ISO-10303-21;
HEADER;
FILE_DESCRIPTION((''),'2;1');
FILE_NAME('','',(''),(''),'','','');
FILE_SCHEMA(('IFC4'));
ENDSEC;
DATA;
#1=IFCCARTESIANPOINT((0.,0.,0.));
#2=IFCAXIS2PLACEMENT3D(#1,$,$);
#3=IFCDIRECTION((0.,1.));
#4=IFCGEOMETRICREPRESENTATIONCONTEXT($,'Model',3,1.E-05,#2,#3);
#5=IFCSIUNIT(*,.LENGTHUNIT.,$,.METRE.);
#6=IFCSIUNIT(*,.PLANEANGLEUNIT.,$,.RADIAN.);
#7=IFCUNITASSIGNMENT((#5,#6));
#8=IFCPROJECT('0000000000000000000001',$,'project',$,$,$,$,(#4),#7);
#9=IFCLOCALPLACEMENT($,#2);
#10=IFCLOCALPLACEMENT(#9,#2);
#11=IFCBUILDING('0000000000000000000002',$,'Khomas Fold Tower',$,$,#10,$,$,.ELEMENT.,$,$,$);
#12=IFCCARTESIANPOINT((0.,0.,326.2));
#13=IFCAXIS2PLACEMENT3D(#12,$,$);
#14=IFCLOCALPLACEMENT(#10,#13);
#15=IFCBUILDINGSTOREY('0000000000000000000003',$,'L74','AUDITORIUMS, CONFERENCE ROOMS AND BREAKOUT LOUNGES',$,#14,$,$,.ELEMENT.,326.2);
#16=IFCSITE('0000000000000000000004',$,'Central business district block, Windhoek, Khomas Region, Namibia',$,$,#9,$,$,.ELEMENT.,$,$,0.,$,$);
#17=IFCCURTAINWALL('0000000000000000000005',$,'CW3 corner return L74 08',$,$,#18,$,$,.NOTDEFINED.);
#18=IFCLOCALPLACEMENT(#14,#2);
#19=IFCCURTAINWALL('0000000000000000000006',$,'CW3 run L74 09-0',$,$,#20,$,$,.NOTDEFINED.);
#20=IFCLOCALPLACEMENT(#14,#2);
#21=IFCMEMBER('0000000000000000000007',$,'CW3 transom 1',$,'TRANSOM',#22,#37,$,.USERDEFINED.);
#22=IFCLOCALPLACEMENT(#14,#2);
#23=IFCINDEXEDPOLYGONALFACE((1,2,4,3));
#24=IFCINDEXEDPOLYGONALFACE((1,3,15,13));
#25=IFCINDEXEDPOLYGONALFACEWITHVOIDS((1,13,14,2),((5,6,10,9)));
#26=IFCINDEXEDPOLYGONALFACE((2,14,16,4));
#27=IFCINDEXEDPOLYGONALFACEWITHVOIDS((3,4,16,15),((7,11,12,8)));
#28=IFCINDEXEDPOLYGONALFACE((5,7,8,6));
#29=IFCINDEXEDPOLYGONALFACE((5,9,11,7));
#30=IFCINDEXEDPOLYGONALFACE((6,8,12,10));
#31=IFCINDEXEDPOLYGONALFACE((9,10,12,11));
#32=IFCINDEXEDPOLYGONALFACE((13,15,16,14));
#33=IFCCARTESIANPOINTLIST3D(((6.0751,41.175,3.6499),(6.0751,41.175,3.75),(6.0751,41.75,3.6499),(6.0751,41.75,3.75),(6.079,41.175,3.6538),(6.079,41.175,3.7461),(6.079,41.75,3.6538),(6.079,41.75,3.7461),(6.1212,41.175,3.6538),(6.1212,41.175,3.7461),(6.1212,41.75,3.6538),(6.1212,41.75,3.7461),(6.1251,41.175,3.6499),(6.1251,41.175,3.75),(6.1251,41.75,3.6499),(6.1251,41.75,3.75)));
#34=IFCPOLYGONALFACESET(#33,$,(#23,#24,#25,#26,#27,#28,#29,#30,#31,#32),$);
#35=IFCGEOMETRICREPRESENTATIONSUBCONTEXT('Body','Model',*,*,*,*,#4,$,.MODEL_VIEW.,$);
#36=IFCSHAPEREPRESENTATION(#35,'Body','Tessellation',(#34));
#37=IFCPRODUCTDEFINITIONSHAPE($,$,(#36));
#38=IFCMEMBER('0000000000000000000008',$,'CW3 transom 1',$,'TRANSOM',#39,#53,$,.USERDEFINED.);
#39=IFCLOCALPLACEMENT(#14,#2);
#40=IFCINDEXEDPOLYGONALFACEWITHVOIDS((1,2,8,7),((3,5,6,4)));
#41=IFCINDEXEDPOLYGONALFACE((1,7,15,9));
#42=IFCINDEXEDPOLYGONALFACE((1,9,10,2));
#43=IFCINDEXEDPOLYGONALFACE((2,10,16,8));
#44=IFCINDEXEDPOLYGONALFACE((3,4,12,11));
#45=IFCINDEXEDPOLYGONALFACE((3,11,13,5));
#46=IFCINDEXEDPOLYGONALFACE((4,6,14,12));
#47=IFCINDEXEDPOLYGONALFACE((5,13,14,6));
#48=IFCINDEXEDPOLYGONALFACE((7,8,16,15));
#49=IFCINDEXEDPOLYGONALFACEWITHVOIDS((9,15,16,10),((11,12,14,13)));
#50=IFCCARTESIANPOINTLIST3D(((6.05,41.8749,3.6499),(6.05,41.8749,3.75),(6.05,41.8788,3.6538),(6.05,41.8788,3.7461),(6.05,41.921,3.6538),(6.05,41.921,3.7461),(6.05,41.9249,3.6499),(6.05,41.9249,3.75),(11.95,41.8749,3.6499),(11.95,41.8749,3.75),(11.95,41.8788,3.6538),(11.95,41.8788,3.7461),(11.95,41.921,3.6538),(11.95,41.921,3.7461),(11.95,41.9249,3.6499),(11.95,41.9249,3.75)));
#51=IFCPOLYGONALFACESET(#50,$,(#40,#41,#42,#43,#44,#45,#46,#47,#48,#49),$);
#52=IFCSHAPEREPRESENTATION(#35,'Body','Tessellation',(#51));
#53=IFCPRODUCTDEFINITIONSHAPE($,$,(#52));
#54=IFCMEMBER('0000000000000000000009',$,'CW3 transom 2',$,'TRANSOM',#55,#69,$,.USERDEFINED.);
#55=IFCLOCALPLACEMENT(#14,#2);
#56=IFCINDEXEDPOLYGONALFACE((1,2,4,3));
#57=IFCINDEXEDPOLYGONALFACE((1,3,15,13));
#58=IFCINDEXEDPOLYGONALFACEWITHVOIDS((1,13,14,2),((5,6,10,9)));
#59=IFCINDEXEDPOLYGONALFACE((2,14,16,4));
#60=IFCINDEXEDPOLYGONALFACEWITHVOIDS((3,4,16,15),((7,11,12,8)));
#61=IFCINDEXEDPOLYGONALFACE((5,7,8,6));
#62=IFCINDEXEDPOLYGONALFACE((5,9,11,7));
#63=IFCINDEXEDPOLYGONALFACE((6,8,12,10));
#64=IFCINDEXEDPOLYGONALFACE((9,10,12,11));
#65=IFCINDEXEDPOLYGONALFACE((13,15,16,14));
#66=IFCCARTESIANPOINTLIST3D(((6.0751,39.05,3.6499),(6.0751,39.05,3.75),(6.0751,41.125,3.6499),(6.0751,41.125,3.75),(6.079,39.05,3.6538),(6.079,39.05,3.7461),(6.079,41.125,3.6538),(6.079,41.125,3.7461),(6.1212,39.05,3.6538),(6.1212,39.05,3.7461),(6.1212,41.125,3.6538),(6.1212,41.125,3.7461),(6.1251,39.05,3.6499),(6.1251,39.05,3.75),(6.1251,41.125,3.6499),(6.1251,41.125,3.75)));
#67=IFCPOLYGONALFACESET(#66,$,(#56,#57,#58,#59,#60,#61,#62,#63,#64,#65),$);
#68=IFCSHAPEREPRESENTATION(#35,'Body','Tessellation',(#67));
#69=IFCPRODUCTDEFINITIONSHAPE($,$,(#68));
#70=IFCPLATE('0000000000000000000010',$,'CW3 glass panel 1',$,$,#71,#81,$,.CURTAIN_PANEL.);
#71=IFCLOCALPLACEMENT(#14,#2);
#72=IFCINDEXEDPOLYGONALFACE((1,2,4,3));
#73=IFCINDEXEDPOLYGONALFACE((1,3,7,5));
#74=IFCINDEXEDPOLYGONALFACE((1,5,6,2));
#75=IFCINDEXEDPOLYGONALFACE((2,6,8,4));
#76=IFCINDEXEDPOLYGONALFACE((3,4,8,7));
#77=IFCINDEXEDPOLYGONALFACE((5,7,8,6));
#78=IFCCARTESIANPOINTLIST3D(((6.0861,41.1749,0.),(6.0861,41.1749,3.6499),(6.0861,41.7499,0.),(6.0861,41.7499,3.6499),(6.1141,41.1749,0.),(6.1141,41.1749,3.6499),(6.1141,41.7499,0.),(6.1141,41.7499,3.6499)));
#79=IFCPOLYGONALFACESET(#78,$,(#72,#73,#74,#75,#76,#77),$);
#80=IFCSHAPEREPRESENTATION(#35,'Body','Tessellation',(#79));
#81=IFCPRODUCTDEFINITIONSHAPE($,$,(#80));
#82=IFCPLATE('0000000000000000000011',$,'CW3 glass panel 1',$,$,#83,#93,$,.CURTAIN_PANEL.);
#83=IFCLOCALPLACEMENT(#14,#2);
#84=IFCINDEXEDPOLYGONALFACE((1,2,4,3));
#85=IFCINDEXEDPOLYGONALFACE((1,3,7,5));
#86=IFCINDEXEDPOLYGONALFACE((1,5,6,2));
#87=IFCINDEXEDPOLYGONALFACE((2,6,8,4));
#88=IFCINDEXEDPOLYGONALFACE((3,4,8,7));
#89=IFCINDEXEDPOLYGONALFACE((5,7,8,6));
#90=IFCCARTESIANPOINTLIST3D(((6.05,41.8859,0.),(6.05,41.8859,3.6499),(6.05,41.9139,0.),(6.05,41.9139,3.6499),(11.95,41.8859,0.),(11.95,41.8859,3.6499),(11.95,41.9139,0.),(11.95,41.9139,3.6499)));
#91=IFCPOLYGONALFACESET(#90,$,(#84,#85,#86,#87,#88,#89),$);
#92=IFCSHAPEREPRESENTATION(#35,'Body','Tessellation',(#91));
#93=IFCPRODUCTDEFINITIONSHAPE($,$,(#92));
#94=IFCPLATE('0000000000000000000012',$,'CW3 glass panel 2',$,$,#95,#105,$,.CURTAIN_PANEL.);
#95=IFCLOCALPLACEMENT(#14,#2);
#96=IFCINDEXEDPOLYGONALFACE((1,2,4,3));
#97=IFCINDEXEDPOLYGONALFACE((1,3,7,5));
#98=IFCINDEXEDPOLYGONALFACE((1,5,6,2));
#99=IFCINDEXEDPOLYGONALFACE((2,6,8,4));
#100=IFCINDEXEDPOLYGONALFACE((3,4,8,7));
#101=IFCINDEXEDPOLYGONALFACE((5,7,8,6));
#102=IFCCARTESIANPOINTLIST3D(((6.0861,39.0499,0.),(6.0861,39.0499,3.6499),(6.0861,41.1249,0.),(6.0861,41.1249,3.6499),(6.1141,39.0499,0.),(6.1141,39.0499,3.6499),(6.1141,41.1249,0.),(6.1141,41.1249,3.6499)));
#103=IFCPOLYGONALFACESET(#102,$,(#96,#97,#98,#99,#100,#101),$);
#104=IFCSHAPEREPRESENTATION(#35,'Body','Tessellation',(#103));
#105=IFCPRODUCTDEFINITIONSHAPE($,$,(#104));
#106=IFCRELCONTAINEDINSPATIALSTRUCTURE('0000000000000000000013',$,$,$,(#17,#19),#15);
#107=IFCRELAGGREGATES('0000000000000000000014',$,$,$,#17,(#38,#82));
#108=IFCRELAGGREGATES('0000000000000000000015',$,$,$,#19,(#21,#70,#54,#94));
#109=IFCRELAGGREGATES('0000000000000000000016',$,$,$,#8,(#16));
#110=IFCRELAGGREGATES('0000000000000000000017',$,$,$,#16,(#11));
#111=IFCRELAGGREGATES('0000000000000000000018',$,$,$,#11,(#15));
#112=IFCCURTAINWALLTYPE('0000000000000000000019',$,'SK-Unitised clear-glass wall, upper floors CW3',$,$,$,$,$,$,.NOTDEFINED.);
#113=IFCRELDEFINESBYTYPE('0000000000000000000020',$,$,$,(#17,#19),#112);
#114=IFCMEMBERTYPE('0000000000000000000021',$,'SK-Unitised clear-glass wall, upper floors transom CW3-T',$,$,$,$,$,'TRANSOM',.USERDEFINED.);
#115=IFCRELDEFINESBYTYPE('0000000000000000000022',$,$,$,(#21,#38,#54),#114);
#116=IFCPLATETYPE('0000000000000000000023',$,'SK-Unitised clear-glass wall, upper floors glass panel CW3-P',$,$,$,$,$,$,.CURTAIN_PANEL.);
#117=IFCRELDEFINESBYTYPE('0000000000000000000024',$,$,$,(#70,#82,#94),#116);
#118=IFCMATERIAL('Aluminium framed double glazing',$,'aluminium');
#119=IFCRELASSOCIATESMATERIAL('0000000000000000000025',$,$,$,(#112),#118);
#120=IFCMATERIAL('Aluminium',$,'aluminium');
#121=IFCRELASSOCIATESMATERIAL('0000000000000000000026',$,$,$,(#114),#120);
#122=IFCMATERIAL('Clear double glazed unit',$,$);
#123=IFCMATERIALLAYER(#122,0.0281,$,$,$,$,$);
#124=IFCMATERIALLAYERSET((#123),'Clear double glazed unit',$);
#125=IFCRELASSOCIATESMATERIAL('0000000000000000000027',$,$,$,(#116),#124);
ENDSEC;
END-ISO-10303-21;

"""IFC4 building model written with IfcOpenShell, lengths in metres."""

from ifc_helpers import new_model, si_unit, direction, frame, origin, origin_2d, place, context, subcontext, project, spatial, rectangle, hollow_rectangle, extrude, source, transform, mapped, material, layer, layer_set, material_profile, profile_set, type_object, element, aggregate, save


model = new_model("IFC4")

# Units and contexts
model_context = context("Model", 3, precision=1e-05, world=origin(), true_north=direction((0.0, 1.0)))
body_context = subcontext(model_context, "Body", "Model", "MODEL_VIEW")
ifc_project = project(units=[si_unit("LENGTHUNIT", "METRE"), si_unit("PLANEANGLEUNIT", "RADIAN")], contexts=[model_context])

# Site, building, storey
site_placement = place(None, origin())
site = spatial("IfcSite", under=ifc_project, at=site_placement, Name="Central business district block, Windhoek, Khomas Region, Namibia", CompositionType="ELEMENT", RefElevation=0.0)
building_placement = place(site_placement, origin())
building = spatial("IfcBuilding", under=site, at=building_placement, Name="Khomas Fold Tower", CompositionType="ELEMENT")
storey_placement = place(building_placement, frame((0.0, 0.0, 326.2)))
storey = spatial("IfcBuildingStorey", under=building, at=storey_placement, Name="L74", Description="AUDITORIUMS, CONFERENCE ROOMS AND BREAKOUT LOUNGES", CompositionType="ELEMENT", Elevation=326.2)

# Curtain wall
ifc_material_1 = material(Name="Aluminium framed double glazing", Category="aluminium")
curtain_wall_type = type_object("IfcCurtainWallType", Name="SK-Unitised clear-glass wall, upper floors CW3", PredefinedType="NOTDEFINED", material=ifc_material_1)
curtain_wall_1_placement = place(storey_placement, origin())
curtain_wall_1 = element("IfcCurtainWall", 1, at=curtain_wall_1_placement, inside=storey, type_object=curtain_wall_type, Name="CW3 corner return L74 08", PredefinedType="NOTDEFINED")

# Curtain wall, member
curtain_wall_2_placement = place(storey_placement, origin())
curtain_wall_2 = element("IfcCurtainWall", 2, at=curtain_wall_2_placement, inside=storey, type_object=curtain_wall_type, Name="CW3 run L74 09-0", PredefinedType="NOTDEFINED")
ifc_material_2 = material(Name="Aluminium", Category="aluminium")
ifc_material_profile_1 = material_profile(ifc_material_2, hollow_rectangle(XDim=0.05, YDim=0.1001, WallThickness=0.0039, at=origin_2d()), Name="SK-Unitised clear-glass wall, upper floors transom CW3-T")
ifc_profile_set_1 = profile_set([ifc_material_profile_1], Name="Aluminium")
member_type_1 = type_object("IfcMemberType", Name="SK-Unitised clear-glass wall, upper floors transom CW3-T", ElementType="TRANSOM", PredefinedType="USERDEFINED", material=ifc_profile_set_1)
shared_shape_1 = source(origin(), body_context, "Body", "SweptSolid", [
    extrude(hollow_rectangle(XDim=0.05, YDim=0.1001, WallThickness=0.0039, at=origin_2d()), origin(), (0.0, 0.0, 1.0), 0.575),
])
member_1_placement = place(storey_placement, frame((6.1001, 41.75, 3.7), z_axis=(0.0, -1.0, 0.0), x_axis=(1.0, 0.0, 0.0)))
member_1 = element("IfcMember", 3, at=member_1_placement, type_object=member_type_1, Name="CW3 transom 1", ObjectType="TRANSOM", PredefinedType="USERDEFINED", context=body_context, shape_type="MappedRepresentation", body=[
    mapped(shared_shape_1, transform((0.0, 0.0, 0.0))),
])

# Members
shared_shape_2 = source(origin(), body_context, "Body", "SweptSolid", [
    extrude(hollow_rectangle(XDim=0.05, YDim=0.1001, WallThickness=0.0039, at=origin_2d()), origin(), (0.0, 0.0, 1.0), 5.8999),
])
member_2_placement = place(storey_placement, frame((11.95, 41.8999, 3.7), z_axis=(-1.0, 0.0, 0.0), x_axis=(0.0, -1.0, 0.0)))
member_2 = element("IfcMember", 4, at=member_2_placement, type_object=member_type_1, Name="CW3 transom 1", ObjectType="TRANSOM", PredefinedType="USERDEFINED", context=body_context, shape_type="MappedRepresentation", body=[
    mapped(shared_shape_2, transform((0.0, 0.0, 0.0))),
])
shared_shape_3 = source(origin(), body_context, "Body", "SweptSolid", [
    extrude(hollow_rectangle(XDim=0.05, YDim=0.1001, WallThickness=0.0039, at=origin_2d()), origin(), (0.0, 0.0, 1.0), 2.075),
])
member_3_placement = place(storey_placement, frame((6.1001, 41.125, 3.7), z_axis=(0.0, -1.0, 0.0), x_axis=(1.0, 0.0, 0.0)))
member_3 = element("IfcMember", 5, at=member_3_placement, type_object=member_type_1, Name="CW3 transom 2", ObjectType="TRANSOM", PredefinedType="USERDEFINED", context=body_context, shape_type="MappedRepresentation", body=[
    mapped(shared_shape_3, transform((0.0, 0.0, 0.0))),
])

# Plates
ifc_material_3 = material(Name="Clear double glazed unit")
ifc_layer_1 = layer(ifc_material_3, 0.0281)
ifc_layer_set_1 = layer_set([ifc_layer_1], Name="Clear double glazed unit")
plate_type = type_object("IfcPlateType", Name="SK-Unitised clear-glass wall, upper floors glass panel CW3-P", PredefinedType="CURTAIN_PANEL", material=ifc_layer_set_1)
shared_shape_4 = source(origin(), body_context, "Body", "SweptSolid", [
    extrude(rectangle(XDim=0.575, YDim=0.0281, at=origin_2d()), origin(), (0.0, 0.0, 1.0), 3.6499),
])
plate_1_placement = place(storey_placement, frame((6.1001, 41.4624, 0.0), z_axis=(0.0, 0.0, 1.0), x_axis=(0.0, -1.0, 0.0)))
plate_1 = element("IfcPlate", 6, at=plate_1_placement, type_object=plate_type, Name="CW3 glass panel 1", PredefinedType="CURTAIN_PANEL", context=body_context, shape_type="MappedRepresentation", body=[
    mapped(shared_shape_4, transform((0.0, 0.0, 0.0))),
])
shared_shape_5 = source(origin(), body_context, "Body", "SweptSolid", [
    extrude(rectangle(XDim=5.8999, YDim=0.0281, at=origin_2d()), origin(), (0.0, 0.0, 1.0), 3.6499),
])
plate_2_placement = place(storey_placement, frame((9.0, 41.8999, 0.0), z_axis=(0.0, 0.0, 1.0), x_axis=(-1.0, 0.0, 0.0)))
plate_2 = element("IfcPlate", 7, at=plate_2_placement, type_object=plate_type, Name="CW3 glass panel 1", PredefinedType="CURTAIN_PANEL", context=body_context, shape_type="MappedRepresentation", body=[
    mapped(shared_shape_5, transform((0.0, 0.0, 0.0))),
])
aggregate(curtain_wall_1, [member_2, plate_2])
shared_shape_6 = source(origin(), body_context, "Body", "SweptSolid", [
    extrude(rectangle(XDim=2.075, YDim=0.0281, at=origin_2d()), origin(), (0.0, 0.0, 1.0), 3.6499),
])
plate_3_placement = place(storey_placement, frame((6.1001, 40.0874, 0.0), z_axis=(0.0, 0.0, 1.0), x_axis=(0.0, -1.0, 0.0)))
plate_3 = element("IfcPlate", 8, at=plate_3_placement, type_object=plate_type, Name="CW3 glass panel 2", PredefinedType="CURTAIN_PANEL", context=body_context, shape_type="MappedRepresentation", body=[
    mapped(shared_shape_6, transform((0.0, 0.0, 0.0))),
])
aggregate(curtain_wall_2, [member_1, plate_1, member_3, plate_3])

save(model, "model.ifc")
